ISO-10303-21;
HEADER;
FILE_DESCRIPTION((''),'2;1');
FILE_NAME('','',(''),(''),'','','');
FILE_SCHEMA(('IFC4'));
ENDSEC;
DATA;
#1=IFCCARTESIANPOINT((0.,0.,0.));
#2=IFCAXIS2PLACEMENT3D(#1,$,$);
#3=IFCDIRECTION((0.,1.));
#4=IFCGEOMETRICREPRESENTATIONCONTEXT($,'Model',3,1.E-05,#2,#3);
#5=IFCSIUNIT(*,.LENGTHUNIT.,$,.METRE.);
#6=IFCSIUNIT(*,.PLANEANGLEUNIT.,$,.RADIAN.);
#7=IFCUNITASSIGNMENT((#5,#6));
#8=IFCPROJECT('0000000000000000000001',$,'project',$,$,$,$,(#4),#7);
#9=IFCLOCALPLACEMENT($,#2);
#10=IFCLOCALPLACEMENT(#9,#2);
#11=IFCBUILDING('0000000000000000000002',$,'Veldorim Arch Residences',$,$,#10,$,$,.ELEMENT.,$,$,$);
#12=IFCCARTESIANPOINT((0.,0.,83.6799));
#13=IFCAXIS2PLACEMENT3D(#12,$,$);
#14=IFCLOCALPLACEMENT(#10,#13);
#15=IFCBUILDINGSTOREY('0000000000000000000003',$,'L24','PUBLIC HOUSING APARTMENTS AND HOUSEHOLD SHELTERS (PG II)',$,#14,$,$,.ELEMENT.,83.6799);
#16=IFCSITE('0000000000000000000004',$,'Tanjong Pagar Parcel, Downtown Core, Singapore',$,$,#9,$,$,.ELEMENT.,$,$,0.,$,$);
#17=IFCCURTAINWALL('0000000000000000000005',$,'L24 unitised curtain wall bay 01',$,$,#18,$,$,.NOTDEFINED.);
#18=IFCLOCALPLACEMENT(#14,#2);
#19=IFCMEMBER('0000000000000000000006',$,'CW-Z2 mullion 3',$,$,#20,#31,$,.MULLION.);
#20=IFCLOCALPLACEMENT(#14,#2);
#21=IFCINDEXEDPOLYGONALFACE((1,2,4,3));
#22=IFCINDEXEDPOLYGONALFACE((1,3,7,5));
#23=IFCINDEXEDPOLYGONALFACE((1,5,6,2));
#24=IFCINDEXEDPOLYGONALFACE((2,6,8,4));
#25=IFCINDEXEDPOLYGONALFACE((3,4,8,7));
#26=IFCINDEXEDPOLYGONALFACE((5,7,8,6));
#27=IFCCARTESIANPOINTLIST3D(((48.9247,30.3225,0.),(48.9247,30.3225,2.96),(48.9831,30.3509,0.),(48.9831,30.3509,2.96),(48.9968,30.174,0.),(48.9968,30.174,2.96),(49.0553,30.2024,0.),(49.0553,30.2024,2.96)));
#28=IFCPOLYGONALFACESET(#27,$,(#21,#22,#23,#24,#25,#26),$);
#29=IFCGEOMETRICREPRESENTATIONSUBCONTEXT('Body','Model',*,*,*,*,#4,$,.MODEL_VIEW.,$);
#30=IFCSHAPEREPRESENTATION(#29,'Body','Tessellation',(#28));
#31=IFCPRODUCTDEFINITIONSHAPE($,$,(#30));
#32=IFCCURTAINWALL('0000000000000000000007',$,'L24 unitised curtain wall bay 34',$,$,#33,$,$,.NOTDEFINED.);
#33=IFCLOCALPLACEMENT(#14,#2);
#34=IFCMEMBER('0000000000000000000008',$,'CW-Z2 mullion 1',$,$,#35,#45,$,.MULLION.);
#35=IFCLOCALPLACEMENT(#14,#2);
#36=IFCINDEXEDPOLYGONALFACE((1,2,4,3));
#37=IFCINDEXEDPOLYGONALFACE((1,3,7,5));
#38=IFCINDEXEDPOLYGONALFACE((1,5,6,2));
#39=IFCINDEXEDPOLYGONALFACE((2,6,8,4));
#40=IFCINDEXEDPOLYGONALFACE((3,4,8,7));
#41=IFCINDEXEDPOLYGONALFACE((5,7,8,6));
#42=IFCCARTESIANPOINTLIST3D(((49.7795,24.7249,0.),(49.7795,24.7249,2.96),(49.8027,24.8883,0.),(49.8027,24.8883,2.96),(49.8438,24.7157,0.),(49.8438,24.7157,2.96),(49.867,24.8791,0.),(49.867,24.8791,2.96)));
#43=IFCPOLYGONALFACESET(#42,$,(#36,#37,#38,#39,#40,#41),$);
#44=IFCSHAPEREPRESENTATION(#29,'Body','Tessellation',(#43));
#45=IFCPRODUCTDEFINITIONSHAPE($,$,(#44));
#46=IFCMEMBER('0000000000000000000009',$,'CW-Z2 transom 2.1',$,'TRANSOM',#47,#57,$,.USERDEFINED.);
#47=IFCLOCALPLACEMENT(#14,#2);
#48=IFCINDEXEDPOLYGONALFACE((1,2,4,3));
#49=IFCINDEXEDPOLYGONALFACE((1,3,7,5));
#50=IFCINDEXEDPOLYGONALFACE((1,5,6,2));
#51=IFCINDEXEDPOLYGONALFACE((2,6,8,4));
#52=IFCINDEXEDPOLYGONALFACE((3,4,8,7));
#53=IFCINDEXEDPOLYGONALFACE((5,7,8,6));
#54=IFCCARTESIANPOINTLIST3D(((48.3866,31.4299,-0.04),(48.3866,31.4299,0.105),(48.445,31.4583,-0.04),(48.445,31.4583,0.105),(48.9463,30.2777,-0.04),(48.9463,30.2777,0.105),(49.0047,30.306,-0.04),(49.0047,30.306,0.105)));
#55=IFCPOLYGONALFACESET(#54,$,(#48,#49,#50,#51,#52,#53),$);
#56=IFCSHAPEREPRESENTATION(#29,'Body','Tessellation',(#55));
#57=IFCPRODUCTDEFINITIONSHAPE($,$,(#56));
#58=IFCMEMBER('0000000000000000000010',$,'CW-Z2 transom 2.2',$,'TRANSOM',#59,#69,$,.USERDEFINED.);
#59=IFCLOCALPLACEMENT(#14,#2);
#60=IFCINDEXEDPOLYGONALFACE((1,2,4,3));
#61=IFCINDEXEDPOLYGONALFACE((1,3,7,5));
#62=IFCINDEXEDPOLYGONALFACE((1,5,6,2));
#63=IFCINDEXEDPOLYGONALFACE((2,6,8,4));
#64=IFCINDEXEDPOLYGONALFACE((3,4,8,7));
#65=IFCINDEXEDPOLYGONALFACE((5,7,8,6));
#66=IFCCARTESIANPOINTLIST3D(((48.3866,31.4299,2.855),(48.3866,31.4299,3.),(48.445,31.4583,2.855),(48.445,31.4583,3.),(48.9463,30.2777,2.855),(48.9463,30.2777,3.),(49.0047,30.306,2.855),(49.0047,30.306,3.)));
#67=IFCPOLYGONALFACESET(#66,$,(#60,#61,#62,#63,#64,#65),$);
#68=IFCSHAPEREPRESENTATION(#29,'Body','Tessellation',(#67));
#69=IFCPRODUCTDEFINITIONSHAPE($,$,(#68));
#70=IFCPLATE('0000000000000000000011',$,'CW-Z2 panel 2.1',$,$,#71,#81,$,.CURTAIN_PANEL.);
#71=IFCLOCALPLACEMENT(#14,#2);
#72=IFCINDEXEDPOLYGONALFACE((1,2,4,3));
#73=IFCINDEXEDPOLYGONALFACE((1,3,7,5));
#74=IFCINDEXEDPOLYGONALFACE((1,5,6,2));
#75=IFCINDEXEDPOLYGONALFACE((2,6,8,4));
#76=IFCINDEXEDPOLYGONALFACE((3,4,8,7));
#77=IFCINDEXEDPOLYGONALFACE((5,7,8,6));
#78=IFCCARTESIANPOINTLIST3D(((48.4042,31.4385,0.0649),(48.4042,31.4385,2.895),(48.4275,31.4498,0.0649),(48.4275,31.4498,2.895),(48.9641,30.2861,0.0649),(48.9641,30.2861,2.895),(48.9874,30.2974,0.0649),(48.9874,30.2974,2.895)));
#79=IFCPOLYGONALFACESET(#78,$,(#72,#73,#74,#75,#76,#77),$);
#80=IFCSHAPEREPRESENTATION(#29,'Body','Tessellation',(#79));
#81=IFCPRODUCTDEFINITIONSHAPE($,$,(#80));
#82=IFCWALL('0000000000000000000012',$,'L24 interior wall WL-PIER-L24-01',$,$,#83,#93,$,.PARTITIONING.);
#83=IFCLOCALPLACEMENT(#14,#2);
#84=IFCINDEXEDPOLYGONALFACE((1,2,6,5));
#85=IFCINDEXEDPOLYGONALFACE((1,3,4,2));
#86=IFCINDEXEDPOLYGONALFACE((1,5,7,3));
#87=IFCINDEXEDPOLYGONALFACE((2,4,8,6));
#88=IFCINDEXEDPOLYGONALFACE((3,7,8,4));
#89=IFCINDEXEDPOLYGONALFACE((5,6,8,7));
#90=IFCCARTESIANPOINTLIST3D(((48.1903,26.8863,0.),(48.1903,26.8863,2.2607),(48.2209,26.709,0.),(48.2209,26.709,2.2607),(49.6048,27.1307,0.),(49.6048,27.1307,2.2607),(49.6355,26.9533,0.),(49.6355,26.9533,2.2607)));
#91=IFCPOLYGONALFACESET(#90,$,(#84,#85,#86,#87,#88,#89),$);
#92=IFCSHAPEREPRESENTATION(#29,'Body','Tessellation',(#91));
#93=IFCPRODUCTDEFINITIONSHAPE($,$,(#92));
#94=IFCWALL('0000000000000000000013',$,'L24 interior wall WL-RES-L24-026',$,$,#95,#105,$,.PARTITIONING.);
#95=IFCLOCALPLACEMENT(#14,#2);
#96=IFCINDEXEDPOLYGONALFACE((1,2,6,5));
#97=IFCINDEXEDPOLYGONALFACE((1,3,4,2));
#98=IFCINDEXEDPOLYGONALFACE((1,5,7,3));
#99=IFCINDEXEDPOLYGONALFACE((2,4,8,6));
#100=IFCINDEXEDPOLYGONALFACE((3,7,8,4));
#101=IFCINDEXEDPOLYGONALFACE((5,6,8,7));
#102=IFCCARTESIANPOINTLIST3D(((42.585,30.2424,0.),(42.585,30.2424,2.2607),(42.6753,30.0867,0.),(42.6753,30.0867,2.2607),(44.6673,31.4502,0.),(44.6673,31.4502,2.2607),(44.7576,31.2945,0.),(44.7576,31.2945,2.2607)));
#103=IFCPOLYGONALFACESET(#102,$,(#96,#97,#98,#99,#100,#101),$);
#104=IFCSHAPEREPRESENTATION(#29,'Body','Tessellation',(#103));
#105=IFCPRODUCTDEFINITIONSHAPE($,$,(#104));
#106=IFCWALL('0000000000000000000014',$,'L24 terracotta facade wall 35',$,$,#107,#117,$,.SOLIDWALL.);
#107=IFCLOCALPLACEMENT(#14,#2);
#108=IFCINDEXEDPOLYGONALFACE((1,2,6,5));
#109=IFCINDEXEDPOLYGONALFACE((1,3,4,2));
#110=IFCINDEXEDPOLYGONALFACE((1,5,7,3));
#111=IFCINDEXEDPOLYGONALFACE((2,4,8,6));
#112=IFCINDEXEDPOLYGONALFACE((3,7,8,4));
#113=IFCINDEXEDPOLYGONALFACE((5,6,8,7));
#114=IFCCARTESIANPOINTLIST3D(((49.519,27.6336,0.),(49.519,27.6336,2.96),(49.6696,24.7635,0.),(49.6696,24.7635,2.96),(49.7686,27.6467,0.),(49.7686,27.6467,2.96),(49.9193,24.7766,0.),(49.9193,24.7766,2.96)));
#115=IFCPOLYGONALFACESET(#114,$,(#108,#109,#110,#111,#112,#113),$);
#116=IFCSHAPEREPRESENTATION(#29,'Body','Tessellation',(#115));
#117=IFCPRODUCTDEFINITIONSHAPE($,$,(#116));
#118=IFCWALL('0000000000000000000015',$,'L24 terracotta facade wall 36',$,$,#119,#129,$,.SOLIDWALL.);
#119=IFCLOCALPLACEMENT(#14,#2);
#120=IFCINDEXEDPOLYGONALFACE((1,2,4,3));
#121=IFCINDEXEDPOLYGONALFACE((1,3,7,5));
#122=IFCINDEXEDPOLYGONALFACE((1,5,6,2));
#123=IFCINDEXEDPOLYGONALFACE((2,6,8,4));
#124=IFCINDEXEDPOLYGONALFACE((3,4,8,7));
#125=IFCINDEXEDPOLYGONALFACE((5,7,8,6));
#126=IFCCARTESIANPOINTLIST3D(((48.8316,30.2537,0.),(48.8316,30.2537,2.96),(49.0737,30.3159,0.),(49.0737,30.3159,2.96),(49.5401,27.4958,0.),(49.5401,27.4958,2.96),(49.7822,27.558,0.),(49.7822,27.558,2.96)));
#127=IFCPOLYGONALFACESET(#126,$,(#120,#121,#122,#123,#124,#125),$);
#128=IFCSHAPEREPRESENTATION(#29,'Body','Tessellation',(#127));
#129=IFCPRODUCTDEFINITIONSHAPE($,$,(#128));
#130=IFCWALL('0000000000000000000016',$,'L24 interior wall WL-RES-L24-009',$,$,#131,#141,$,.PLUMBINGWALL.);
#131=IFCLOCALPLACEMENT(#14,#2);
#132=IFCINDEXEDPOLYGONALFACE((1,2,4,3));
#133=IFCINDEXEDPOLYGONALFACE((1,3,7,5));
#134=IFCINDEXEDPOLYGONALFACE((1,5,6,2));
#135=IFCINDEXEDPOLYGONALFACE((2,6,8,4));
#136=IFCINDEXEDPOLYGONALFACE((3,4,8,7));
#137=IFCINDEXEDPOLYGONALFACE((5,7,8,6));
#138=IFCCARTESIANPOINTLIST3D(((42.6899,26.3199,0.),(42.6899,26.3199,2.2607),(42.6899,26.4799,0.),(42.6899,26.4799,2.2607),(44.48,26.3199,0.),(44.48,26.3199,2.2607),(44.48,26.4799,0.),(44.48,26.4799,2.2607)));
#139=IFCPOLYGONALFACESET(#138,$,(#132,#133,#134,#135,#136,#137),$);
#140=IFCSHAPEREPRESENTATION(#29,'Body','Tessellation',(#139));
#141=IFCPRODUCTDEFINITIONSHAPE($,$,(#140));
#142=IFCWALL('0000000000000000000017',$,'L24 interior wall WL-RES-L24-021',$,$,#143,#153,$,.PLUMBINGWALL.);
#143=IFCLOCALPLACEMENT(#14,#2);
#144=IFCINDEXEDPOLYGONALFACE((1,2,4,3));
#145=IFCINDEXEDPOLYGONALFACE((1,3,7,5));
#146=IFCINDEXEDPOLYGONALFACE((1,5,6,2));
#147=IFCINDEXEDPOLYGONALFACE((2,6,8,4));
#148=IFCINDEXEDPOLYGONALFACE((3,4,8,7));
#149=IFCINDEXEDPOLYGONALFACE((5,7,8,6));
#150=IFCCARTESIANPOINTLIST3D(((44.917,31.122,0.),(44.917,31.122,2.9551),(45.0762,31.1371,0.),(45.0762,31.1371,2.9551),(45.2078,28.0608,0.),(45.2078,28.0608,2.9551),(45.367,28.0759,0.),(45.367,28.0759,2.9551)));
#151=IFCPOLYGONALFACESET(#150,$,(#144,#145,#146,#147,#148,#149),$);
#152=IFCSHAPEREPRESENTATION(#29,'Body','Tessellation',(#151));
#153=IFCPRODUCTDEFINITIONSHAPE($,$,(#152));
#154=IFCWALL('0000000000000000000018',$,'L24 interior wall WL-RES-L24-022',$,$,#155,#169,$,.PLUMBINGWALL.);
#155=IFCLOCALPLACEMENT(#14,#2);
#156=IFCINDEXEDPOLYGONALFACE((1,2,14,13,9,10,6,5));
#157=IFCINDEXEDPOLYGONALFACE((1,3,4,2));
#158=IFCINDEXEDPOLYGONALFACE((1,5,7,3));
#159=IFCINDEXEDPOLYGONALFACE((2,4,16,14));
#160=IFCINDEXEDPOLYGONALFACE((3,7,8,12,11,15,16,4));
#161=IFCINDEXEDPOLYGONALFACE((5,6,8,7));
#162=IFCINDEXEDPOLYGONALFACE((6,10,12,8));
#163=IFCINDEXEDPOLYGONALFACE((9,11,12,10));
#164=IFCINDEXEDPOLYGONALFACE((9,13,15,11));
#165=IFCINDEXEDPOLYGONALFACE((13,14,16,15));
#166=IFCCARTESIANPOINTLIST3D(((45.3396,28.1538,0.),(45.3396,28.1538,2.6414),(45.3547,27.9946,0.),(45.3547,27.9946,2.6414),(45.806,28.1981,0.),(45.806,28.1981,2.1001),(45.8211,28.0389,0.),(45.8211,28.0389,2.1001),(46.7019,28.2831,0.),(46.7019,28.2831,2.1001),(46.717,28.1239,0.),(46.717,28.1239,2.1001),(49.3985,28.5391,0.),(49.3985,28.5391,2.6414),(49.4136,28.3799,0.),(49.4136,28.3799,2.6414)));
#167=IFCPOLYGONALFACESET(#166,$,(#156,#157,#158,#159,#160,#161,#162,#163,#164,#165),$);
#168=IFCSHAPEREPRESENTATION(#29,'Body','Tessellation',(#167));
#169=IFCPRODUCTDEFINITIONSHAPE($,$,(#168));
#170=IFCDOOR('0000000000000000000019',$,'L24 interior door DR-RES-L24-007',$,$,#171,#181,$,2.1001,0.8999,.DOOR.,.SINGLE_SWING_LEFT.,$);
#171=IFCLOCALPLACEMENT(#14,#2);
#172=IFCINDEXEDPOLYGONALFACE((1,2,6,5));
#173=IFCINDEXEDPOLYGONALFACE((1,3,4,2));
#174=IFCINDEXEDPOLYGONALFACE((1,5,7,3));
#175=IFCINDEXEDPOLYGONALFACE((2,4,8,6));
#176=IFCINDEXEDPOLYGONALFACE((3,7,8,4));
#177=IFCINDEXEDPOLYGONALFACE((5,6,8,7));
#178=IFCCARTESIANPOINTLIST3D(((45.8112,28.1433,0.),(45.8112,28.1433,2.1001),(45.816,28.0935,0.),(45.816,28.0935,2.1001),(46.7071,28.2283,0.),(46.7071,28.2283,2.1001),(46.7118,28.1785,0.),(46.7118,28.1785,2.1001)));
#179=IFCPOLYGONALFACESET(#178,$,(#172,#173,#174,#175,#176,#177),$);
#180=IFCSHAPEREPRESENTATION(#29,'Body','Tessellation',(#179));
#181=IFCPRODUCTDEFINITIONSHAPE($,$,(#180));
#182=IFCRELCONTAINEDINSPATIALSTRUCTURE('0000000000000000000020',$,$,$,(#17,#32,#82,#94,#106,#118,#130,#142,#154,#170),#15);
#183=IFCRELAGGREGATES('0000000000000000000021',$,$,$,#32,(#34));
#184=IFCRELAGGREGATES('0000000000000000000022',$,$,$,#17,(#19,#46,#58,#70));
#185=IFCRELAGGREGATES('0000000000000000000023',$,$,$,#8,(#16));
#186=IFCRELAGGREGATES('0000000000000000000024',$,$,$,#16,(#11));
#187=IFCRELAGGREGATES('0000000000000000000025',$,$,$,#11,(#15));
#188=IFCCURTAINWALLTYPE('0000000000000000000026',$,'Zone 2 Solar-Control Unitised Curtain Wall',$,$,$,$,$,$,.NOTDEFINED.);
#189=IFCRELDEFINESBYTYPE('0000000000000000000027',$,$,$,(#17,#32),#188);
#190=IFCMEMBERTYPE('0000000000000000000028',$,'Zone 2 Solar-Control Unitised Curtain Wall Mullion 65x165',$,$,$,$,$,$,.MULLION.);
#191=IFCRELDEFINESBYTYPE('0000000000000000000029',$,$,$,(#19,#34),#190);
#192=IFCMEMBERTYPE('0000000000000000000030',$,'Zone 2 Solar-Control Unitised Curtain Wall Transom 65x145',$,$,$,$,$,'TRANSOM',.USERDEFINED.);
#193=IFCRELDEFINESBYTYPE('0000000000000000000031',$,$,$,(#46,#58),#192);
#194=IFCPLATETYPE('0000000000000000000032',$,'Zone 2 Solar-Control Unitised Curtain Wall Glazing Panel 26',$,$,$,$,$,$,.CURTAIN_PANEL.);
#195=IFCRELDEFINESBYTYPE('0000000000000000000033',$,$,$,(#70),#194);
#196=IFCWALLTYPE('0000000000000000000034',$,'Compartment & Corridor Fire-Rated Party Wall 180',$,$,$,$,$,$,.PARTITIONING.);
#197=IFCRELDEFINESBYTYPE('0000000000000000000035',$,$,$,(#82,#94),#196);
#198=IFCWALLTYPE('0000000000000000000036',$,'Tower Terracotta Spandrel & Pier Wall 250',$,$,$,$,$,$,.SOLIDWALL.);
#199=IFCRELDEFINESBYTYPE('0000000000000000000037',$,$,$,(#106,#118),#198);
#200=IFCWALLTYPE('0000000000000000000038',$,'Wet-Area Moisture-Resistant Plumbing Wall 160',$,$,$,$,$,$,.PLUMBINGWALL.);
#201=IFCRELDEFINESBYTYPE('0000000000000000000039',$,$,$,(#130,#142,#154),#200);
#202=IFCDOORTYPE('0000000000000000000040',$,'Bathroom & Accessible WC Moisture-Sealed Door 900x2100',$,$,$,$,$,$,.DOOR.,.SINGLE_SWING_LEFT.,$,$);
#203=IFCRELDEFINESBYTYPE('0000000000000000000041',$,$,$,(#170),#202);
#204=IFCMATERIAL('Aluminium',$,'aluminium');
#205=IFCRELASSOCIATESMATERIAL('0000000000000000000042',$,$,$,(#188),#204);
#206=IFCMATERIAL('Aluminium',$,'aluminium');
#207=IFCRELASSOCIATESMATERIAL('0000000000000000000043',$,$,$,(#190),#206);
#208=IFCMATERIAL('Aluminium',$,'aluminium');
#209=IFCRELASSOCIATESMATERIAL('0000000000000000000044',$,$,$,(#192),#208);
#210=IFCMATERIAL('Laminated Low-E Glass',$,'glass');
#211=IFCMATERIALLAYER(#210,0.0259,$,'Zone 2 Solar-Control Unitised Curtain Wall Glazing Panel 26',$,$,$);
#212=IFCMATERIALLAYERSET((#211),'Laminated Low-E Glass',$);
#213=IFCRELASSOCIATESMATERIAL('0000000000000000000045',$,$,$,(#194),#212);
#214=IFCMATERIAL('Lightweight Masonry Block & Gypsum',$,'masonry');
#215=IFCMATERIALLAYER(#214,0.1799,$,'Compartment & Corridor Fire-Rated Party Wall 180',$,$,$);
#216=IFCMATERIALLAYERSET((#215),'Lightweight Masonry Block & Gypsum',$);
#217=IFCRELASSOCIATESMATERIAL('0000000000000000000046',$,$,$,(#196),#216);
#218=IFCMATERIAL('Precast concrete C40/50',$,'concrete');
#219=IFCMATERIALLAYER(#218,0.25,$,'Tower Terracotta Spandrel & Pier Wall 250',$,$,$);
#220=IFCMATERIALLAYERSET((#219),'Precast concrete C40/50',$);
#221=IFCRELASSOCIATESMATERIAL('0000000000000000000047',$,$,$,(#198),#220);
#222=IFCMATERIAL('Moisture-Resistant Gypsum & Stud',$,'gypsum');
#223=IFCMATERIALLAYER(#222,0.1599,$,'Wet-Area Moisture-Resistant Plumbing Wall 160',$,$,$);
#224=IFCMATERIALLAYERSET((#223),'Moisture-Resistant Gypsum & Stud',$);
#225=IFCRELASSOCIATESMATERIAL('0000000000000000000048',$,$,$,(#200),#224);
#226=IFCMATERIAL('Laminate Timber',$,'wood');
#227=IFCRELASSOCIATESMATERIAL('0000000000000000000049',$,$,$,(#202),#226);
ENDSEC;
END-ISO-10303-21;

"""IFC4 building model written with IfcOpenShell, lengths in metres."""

from ifc_helpers import new_model, si_unit, direction, frame, frame_2d, origin, origin_2d, place, context, subcontext, project, spatial, rectangle, extrude, material, layer, layer_set, material_profile, profile_set, type_object, element, fill, aggregate, save


model = new_model("IFC4")

# Units and contexts
model_context = context("Model", 3, precision=1e-05, world=origin(), true_north=direction((0.0, 1.0)))
body_context = subcontext(model_context, "Body", "Model", "MODEL_VIEW")
ifc_project = project(units=[si_unit("LENGTHUNIT", "METRE"), si_unit("PLANEANGLEUNIT", "RADIAN")], contexts=[model_context])

# Site, building, storey
site_placement = place(None, origin())
site = spatial("IfcSite", under=ifc_project, at=site_placement, Name="Tanjong Pagar Parcel, Downtown Core, Singapore", CompositionType="ELEMENT", RefElevation=0.0)
building_placement = place(site_placement, origin())
building = spatial("IfcBuilding", under=site, at=building_placement, Name="Veldorim Arch Residences", CompositionType="ELEMENT")
storey_placement = place(building_placement, frame((0.0, 0.0, 83.6799)))
storey = spatial("IfcBuildingStorey", under=building, at=storey_placement, Name="L24", Description="PUBLIC HOUSING APARTMENTS AND HOUSEHOLD SHELTERS (PG II)", CompositionType="ELEMENT", Elevation=83.6799)

# Curtain wall, member
ifc_material_1 = material(Name="Aluminium", Category="aluminium")
curtain_wall_type = type_object("IfcCurtainWallType", Name="Zone 2 Solar-Control Unitised Curtain Wall", PredefinedType="NOTDEFINED", material=ifc_material_1)
curtain_wall_1_placement = place(storey_placement, origin())
curtain_wall_1 = element("IfcCurtainWall", 1, at=curtain_wall_1_placement, inside=storey, type_object=curtain_wall_type, Name="L24 unitised curtain wall bay 01", PredefinedType="NOTDEFINED")
ifc_material_2 = material(Name="Aluminium", Category="aluminium")
ifc_material_profile_1 = material_profile(ifc_material_2, rectangle(XDim=0.0649, YDim=0.165, at=origin_2d()), Name="ALU_MUL_65x165")
ifc_profile_set_1 = profile_set([ifc_material_profile_1], Name="Aluminium")
member_type_1 = type_object("IfcMemberType", Name="Zone 2 Solar-Control Unitised Curtain Wall Mullion 65x165", PredefinedType="MULLION", material=ifc_profile_set_1)
member_1_placement = place(storey_placement, frame((48.99, 30.2625, 0.0), z_axis=(0.0, 0.0, 1.0), x_axis=(0.899439, 0.437046, 0.0)))
member_1 = element("IfcMember", 2, at=member_1_placement, type_object=member_type_1, Name="CW-Z2 mullion 3", PredefinedType="MULLION", context=body_context, shape_type="SweptSolid", body=[
    extrude(rectangle(XDim=0.0649, YDim=0.165, at=origin_2d()), origin(), (0.0, 0.0, 1.0), 2.96),
])

# Curtain wall, member
curtain_wall_2_placement = place(storey_placement, origin())
curtain_wall_2 = element("IfcCurtainWall", 3, at=curtain_wall_2_placement, inside=storey, type_object=curtain_wall_type, Name="L24 unitised curtain wall bay 34", PredefinedType="NOTDEFINED")
member_2_placement = place(storey_placement, frame((49.8232, 24.802, 0.0), z_axis=(0.0, 0.0, 1.0), x_axis=(0.990071, -0.140571, 0.0)))
member_2 = element("IfcMember", 4, at=member_2_placement, type_object=member_type_1, Name="CW-Z2 mullion 1", PredefinedType="MULLION", context=body_context, shape_type="SweptSolid", body=[
    extrude(rectangle(XDim=0.0649, YDim=0.165, at=origin_2d()), origin(), (0.0, 0.0, 1.0), 2.96),
])
aggregate(curtain_wall_2, [member_2])

# Members
ifc_material_3 = material(Name="Aluminium", Category="aluminium")
ifc_material_profile_2 = material_profile(ifc_material_3, rectangle(XDim=0.0649, YDim=0.145, at=origin_2d()), Name="ALU_TRN_65x145")
ifc_profile_set_2 = profile_set([ifc_material_profile_2], Name="Aluminium")
member_type_2 = type_object("IfcMemberType", Name="Zone 2 Solar-Control Unitised Curtain Wall Transom 65x145", ElementType="TRANSOM", PredefinedType="USERDEFINED", material=ifc_profile_set_2)
member_3_placement = place(storey_placement, frame((48.4158, 31.4441, 0.0325), z_axis=(0.43697, -0.899476, 0.0), x_axis=(0.899476, 0.43697, 0.0)))
member_3 = element("IfcMember", 5, at=member_3_placement, type_object=member_type_2, Name="CW-Z2 transom 2.1", ObjectType="TRANSOM", PredefinedType="USERDEFINED", context=body_context, shape_type="SweptSolid", body=[
    extrude(rectangle(XDim=0.0649, YDim=0.145, at=origin_2d()), origin(), (0.0, 0.0, 1.0), 1.281),
])
member_4_placement = place(storey_placement, frame((48.4158, 31.4441, 2.9275), z_axis=(0.43697, -0.899476, 0.0), x_axis=(0.899476, 0.43697, 0.0)))
member_4 = element("IfcMember", 6, at=member_4_placement, type_object=member_type_2, Name="CW-Z2 transom 2.2", ObjectType="TRANSOM", PredefinedType="USERDEFINED", context=body_context, shape_type="SweptSolid", body=[
    extrude(rectangle(XDim=0.0649, YDim=0.145, at=origin_2d()), origin(), (0.0, 0.0, 1.0), 1.281),
])

# Plate
ifc_material_4 = material(Name="Laminated Low-E Glass", Category="glass")
ifc_layer_1 = layer(ifc_material_4, 0.0259, Name="Zone 2 Solar-Control Unitised Curtain Wall Glazing Panel 26")
ifc_layer_set_1 = layer_set([ifc_layer_1], Name="Laminated Low-E Glass")
plate_type = type_object("IfcPlateType", Name="Zone 2 Solar-Control Unitised Curtain Wall Glazing Panel 26", PredefinedType="CURTAIN_PANEL", material=ifc_layer_set_1)
plate_placement = place(storey_placement, frame((48.6958, 30.8679, 0.0649), z_axis=(0.0, 0.0, 1.0), x_axis=(0.437046, -0.899439, 0.0)))
plate = element("IfcPlate", 7, at=plate_placement, type_object=plate_type, Name="CW-Z2 panel 2.1", PredefinedType="CURTAIN_PANEL", context=body_context, shape_type="SweptSolid", body=[
    extrude(rectangle(XDim=1.2812, YDim=0.0259, at=origin_2d()), origin(), (0.0, 0.0, 1.0), 2.8301),
])
aggregate(curtain_wall_1, [member_1, member_3, member_4, plate])

# Wall
ifc_material_5 = material(Name="Lightweight Masonry Block & Gypsum", Category="masonry")
ifc_layer_2 = layer(ifc_material_5, 0.1799, Name="Compartment & Corridor Fire-Rated Party Wall 180")
ifc_layer_set_2 = layer_set([ifc_layer_2], Name="Lightweight Masonry Block & Gypsum")
wall_type_1 = type_object("IfcWallType", Name="Compartment & Corridor Fire-Rated Party Wall 180", PredefinedType="PARTITIONING", material=ifc_layer_set_2)
wall_1_placement = place(storey_placement, frame((48.2056, 26.7976, 0.0), z_axis=(0.0, 0.0, 1.0), x_axis=(0.985402, 0.170243, 0.0)))
element("IfcWall", 8, at=wall_1_placement, inside=storey, type_object=wall_type_1, Name="L24 interior wall WL-PIER-L24-01", PredefinedType="PARTITIONING", context=body_context, shape_type="SweptSolid", body=[
    extrude(rectangle(XDim=1.4355, YDim=0.1799, at=frame_2d((0.7178, 0.0))), origin(), (0.0, 0.0, 1.0), 2.2607),
])

# Walls
wall_2_placement = place(storey_placement, frame((42.6301, 30.1646, 0.0), z_axis=(0.0, 0.0, 1.0), x_axis=(0.865023, 0.501732, 0.0)))
element("IfcWall", 9, at=wall_2_placement, inside=storey, type_object=wall_type_1, Name="L24 interior wall WL-RES-L24-026", PredefinedType="PARTITIONING", context=body_context, shape_type="SweptSolid", body=[
    extrude(rectangle(XDim=2.4072, YDim=0.1799, at=frame_2d((1.2036, 0.0))), origin(), (0.0, 0.0, 1.0), 2.2607),
])
ifc_material_6 = material(Name="Precast concrete C40/50", Category="concrete")
ifc_layer_3 = layer(ifc_material_6, 0.25, Name="Tower Terracotta Spandrel & Pier Wall 250")
ifc_layer_set_3 = layer_set([ifc_layer_3], Name="Precast concrete C40/50")
wall_type_2 = type_object("IfcWallType", Name="Tower Terracotta Spandrel & Pier Wall 250", PredefinedType="SOLIDWALL", material=ifc_layer_set_3)
wall_3_placement = place(storey_placement, frame((49.6438, 27.6401, 0.0), z_axis=(0.0, 0.0, 1.0), x_axis=(0.052412, -0.998626, 0.0)))
element("IfcWall", 10, at=wall_3_placement, inside=storey, type_object=wall_type_2, Name="L24 terracotta facade wall 35", PredefinedType="SOLIDWALL", context=body_context, shape_type="SweptSolid", body=[
    extrude(rectangle(XDim=2.874, YDim=0.25, at=frame_2d((1.437, 0.0))), origin(), (0.0, 0.0, 1.0), 2.96),
])
wall_4_placement = place(storey_placement, frame((48.9526, 30.2849, 0.0), z_axis=(0.0, 0.0, 1.0), x_axis=(0.248825, -0.968548, 0.0)))
element("IfcWall", 11, at=wall_4_placement, inside=storey, type_object=wall_type_2, Name="L24 terracotta facade wall 36", PredefinedType="SOLIDWALL", context=body_context, shape_type="SweptSolid", body=[
    extrude(rectangle(XDim=2.8474, YDim=0.25, at=frame_2d((1.4238, 0.0))), origin(), (0.0, 0.0, 1.0), 2.96),
])
ifc_material_7 = material(Name="Moisture-Resistant Gypsum & Stud", Category="gypsum")
ifc_layer_4 = layer(ifc_material_7, 0.1599, Name="Wet-Area Moisture-Resistant Plumbing Wall 160")
ifc_layer_set_4 = layer_set([ifc_layer_4], Name="Moisture-Resistant Gypsum & Stud")
wall_type_3 = type_object("IfcWallType", Name="Wet-Area Moisture-Resistant Plumbing Wall 160", PredefinedType="PLUMBINGWALL", material=ifc_layer_set_4)
wall_5_placement = place(storey_placement, frame((42.6899, 26.3999, 0.0), z_axis=(0.0, 0.0, 1.0), x_axis=(1.0, 0.0, 0.0)))
element("IfcWall", 12, at=wall_5_placement, inside=storey, type_object=wall_type_3, Name="L24 interior wall WL-RES-L24-009", PredefinedType="PLUMBINGWALL", context=body_context, shape_type="SweptSolid", body=[
    extrude(rectangle(XDim=1.79, YDim=0.1599, at=frame_2d((0.895, 0.0))), origin(), (0.0, 0.0, 1.0), 2.2607),
])
wall_6_placement = place(storey_placement, frame((44.9966, 31.1296, 0.0), z_axis=(0.0, 0.0, 1.0), x_axis=(0.094558, -0.995519, 0.0)))
element("IfcWall", 13, at=wall_6_placement, inside=storey, type_object=wall_type_3, Name="L24 interior wall WL-RES-L24-021", PredefinedType="PLUMBINGWALL", context=body_context, shape_type="SweptSolid", body=[
    extrude(rectangle(XDim=3.075, YDim=0.1599, at=frame_2d((1.5376, 0.0))), origin(), (0.0, 0.0, 1.0), 2.9551),
])

# Wall, opening, door
wall_7_placement = place(storey_placement, frame((45.3472, 28.0742, 0.0), z_axis=(0.0, 0.0, 1.0), x_axis=(0.995526, 0.094493, 0.0)))
wall_7 = element("IfcWall", 14, at=wall_7_placement, inside=storey, type_object=wall_type_3, Name="L24 interior wall WL-RES-L24-022", PredefinedType="PLUMBINGWALL", context=body_context, shape_type="SweptSolid", body=[
    extrude(rectangle(XDim=4.0771, YDim=0.1599, at=frame_2d((2.0386, 0.0))), origin(), (0.0, 0.0, 1.0), 2.6414),
])
opening_1_placement = place(wall_7_placement, frame((0.4685, 0.0, 0.0)))
opening_1 = element("IfcOpeningElement", 15, at=opening_1_placement, cuts=wall_7, PredefinedType="OPENING", context=body_context, shape_type="SweptSolid", body=[
    extrude(rectangle(XDim=0.8999, YDim=2.1001, at=frame_2d((0.45, 1.05))), frame((0.0, 0.0898, 0.0), z_axis=(0.0, -1.0, 0.0), x_axis=(1.0, 0.0, 0.0)), (0.0, 0.0, 1.0), 0.1799),
])
ifc_material_8 = material(Name="Laminate Timber", Category="wood")
door_type_1 = type_object("IfcDoorType", Name="Bathroom & Accessible WC Moisture-Sealed Door 900x2100", OperationType="SINGLE_SWING_LEFT", PredefinedType="DOOR", material=ifc_material_8)
door_1_placement = place(opening_1_placement, origin())
door_1 = element("IfcDoor", 16, at=door_1_placement, inside=storey, type_object=door_type_1, Name="L24 interior door DR-RES-L24-007", OperationType="SINGLE_SWING_LEFT", OverallHeight=2.1001, OverallWidth=0.8999, PredefinedType="DOOR", context=body_context, shape_type="SweptSolid", body=[
    extrude(rectangle(XDim=0.8999, YDim=2.1001, at=frame_2d((0.45, 1.05))), frame((0.0, 0.0249, 0.0), z_axis=(0.0, -1.0, 0.0), x_axis=(1.0, 0.0, 0.0)), (0.0, 0.0, 1.0), 0.05),
])
fill(opening_1, door_1)

save(model, "model.ifc")
